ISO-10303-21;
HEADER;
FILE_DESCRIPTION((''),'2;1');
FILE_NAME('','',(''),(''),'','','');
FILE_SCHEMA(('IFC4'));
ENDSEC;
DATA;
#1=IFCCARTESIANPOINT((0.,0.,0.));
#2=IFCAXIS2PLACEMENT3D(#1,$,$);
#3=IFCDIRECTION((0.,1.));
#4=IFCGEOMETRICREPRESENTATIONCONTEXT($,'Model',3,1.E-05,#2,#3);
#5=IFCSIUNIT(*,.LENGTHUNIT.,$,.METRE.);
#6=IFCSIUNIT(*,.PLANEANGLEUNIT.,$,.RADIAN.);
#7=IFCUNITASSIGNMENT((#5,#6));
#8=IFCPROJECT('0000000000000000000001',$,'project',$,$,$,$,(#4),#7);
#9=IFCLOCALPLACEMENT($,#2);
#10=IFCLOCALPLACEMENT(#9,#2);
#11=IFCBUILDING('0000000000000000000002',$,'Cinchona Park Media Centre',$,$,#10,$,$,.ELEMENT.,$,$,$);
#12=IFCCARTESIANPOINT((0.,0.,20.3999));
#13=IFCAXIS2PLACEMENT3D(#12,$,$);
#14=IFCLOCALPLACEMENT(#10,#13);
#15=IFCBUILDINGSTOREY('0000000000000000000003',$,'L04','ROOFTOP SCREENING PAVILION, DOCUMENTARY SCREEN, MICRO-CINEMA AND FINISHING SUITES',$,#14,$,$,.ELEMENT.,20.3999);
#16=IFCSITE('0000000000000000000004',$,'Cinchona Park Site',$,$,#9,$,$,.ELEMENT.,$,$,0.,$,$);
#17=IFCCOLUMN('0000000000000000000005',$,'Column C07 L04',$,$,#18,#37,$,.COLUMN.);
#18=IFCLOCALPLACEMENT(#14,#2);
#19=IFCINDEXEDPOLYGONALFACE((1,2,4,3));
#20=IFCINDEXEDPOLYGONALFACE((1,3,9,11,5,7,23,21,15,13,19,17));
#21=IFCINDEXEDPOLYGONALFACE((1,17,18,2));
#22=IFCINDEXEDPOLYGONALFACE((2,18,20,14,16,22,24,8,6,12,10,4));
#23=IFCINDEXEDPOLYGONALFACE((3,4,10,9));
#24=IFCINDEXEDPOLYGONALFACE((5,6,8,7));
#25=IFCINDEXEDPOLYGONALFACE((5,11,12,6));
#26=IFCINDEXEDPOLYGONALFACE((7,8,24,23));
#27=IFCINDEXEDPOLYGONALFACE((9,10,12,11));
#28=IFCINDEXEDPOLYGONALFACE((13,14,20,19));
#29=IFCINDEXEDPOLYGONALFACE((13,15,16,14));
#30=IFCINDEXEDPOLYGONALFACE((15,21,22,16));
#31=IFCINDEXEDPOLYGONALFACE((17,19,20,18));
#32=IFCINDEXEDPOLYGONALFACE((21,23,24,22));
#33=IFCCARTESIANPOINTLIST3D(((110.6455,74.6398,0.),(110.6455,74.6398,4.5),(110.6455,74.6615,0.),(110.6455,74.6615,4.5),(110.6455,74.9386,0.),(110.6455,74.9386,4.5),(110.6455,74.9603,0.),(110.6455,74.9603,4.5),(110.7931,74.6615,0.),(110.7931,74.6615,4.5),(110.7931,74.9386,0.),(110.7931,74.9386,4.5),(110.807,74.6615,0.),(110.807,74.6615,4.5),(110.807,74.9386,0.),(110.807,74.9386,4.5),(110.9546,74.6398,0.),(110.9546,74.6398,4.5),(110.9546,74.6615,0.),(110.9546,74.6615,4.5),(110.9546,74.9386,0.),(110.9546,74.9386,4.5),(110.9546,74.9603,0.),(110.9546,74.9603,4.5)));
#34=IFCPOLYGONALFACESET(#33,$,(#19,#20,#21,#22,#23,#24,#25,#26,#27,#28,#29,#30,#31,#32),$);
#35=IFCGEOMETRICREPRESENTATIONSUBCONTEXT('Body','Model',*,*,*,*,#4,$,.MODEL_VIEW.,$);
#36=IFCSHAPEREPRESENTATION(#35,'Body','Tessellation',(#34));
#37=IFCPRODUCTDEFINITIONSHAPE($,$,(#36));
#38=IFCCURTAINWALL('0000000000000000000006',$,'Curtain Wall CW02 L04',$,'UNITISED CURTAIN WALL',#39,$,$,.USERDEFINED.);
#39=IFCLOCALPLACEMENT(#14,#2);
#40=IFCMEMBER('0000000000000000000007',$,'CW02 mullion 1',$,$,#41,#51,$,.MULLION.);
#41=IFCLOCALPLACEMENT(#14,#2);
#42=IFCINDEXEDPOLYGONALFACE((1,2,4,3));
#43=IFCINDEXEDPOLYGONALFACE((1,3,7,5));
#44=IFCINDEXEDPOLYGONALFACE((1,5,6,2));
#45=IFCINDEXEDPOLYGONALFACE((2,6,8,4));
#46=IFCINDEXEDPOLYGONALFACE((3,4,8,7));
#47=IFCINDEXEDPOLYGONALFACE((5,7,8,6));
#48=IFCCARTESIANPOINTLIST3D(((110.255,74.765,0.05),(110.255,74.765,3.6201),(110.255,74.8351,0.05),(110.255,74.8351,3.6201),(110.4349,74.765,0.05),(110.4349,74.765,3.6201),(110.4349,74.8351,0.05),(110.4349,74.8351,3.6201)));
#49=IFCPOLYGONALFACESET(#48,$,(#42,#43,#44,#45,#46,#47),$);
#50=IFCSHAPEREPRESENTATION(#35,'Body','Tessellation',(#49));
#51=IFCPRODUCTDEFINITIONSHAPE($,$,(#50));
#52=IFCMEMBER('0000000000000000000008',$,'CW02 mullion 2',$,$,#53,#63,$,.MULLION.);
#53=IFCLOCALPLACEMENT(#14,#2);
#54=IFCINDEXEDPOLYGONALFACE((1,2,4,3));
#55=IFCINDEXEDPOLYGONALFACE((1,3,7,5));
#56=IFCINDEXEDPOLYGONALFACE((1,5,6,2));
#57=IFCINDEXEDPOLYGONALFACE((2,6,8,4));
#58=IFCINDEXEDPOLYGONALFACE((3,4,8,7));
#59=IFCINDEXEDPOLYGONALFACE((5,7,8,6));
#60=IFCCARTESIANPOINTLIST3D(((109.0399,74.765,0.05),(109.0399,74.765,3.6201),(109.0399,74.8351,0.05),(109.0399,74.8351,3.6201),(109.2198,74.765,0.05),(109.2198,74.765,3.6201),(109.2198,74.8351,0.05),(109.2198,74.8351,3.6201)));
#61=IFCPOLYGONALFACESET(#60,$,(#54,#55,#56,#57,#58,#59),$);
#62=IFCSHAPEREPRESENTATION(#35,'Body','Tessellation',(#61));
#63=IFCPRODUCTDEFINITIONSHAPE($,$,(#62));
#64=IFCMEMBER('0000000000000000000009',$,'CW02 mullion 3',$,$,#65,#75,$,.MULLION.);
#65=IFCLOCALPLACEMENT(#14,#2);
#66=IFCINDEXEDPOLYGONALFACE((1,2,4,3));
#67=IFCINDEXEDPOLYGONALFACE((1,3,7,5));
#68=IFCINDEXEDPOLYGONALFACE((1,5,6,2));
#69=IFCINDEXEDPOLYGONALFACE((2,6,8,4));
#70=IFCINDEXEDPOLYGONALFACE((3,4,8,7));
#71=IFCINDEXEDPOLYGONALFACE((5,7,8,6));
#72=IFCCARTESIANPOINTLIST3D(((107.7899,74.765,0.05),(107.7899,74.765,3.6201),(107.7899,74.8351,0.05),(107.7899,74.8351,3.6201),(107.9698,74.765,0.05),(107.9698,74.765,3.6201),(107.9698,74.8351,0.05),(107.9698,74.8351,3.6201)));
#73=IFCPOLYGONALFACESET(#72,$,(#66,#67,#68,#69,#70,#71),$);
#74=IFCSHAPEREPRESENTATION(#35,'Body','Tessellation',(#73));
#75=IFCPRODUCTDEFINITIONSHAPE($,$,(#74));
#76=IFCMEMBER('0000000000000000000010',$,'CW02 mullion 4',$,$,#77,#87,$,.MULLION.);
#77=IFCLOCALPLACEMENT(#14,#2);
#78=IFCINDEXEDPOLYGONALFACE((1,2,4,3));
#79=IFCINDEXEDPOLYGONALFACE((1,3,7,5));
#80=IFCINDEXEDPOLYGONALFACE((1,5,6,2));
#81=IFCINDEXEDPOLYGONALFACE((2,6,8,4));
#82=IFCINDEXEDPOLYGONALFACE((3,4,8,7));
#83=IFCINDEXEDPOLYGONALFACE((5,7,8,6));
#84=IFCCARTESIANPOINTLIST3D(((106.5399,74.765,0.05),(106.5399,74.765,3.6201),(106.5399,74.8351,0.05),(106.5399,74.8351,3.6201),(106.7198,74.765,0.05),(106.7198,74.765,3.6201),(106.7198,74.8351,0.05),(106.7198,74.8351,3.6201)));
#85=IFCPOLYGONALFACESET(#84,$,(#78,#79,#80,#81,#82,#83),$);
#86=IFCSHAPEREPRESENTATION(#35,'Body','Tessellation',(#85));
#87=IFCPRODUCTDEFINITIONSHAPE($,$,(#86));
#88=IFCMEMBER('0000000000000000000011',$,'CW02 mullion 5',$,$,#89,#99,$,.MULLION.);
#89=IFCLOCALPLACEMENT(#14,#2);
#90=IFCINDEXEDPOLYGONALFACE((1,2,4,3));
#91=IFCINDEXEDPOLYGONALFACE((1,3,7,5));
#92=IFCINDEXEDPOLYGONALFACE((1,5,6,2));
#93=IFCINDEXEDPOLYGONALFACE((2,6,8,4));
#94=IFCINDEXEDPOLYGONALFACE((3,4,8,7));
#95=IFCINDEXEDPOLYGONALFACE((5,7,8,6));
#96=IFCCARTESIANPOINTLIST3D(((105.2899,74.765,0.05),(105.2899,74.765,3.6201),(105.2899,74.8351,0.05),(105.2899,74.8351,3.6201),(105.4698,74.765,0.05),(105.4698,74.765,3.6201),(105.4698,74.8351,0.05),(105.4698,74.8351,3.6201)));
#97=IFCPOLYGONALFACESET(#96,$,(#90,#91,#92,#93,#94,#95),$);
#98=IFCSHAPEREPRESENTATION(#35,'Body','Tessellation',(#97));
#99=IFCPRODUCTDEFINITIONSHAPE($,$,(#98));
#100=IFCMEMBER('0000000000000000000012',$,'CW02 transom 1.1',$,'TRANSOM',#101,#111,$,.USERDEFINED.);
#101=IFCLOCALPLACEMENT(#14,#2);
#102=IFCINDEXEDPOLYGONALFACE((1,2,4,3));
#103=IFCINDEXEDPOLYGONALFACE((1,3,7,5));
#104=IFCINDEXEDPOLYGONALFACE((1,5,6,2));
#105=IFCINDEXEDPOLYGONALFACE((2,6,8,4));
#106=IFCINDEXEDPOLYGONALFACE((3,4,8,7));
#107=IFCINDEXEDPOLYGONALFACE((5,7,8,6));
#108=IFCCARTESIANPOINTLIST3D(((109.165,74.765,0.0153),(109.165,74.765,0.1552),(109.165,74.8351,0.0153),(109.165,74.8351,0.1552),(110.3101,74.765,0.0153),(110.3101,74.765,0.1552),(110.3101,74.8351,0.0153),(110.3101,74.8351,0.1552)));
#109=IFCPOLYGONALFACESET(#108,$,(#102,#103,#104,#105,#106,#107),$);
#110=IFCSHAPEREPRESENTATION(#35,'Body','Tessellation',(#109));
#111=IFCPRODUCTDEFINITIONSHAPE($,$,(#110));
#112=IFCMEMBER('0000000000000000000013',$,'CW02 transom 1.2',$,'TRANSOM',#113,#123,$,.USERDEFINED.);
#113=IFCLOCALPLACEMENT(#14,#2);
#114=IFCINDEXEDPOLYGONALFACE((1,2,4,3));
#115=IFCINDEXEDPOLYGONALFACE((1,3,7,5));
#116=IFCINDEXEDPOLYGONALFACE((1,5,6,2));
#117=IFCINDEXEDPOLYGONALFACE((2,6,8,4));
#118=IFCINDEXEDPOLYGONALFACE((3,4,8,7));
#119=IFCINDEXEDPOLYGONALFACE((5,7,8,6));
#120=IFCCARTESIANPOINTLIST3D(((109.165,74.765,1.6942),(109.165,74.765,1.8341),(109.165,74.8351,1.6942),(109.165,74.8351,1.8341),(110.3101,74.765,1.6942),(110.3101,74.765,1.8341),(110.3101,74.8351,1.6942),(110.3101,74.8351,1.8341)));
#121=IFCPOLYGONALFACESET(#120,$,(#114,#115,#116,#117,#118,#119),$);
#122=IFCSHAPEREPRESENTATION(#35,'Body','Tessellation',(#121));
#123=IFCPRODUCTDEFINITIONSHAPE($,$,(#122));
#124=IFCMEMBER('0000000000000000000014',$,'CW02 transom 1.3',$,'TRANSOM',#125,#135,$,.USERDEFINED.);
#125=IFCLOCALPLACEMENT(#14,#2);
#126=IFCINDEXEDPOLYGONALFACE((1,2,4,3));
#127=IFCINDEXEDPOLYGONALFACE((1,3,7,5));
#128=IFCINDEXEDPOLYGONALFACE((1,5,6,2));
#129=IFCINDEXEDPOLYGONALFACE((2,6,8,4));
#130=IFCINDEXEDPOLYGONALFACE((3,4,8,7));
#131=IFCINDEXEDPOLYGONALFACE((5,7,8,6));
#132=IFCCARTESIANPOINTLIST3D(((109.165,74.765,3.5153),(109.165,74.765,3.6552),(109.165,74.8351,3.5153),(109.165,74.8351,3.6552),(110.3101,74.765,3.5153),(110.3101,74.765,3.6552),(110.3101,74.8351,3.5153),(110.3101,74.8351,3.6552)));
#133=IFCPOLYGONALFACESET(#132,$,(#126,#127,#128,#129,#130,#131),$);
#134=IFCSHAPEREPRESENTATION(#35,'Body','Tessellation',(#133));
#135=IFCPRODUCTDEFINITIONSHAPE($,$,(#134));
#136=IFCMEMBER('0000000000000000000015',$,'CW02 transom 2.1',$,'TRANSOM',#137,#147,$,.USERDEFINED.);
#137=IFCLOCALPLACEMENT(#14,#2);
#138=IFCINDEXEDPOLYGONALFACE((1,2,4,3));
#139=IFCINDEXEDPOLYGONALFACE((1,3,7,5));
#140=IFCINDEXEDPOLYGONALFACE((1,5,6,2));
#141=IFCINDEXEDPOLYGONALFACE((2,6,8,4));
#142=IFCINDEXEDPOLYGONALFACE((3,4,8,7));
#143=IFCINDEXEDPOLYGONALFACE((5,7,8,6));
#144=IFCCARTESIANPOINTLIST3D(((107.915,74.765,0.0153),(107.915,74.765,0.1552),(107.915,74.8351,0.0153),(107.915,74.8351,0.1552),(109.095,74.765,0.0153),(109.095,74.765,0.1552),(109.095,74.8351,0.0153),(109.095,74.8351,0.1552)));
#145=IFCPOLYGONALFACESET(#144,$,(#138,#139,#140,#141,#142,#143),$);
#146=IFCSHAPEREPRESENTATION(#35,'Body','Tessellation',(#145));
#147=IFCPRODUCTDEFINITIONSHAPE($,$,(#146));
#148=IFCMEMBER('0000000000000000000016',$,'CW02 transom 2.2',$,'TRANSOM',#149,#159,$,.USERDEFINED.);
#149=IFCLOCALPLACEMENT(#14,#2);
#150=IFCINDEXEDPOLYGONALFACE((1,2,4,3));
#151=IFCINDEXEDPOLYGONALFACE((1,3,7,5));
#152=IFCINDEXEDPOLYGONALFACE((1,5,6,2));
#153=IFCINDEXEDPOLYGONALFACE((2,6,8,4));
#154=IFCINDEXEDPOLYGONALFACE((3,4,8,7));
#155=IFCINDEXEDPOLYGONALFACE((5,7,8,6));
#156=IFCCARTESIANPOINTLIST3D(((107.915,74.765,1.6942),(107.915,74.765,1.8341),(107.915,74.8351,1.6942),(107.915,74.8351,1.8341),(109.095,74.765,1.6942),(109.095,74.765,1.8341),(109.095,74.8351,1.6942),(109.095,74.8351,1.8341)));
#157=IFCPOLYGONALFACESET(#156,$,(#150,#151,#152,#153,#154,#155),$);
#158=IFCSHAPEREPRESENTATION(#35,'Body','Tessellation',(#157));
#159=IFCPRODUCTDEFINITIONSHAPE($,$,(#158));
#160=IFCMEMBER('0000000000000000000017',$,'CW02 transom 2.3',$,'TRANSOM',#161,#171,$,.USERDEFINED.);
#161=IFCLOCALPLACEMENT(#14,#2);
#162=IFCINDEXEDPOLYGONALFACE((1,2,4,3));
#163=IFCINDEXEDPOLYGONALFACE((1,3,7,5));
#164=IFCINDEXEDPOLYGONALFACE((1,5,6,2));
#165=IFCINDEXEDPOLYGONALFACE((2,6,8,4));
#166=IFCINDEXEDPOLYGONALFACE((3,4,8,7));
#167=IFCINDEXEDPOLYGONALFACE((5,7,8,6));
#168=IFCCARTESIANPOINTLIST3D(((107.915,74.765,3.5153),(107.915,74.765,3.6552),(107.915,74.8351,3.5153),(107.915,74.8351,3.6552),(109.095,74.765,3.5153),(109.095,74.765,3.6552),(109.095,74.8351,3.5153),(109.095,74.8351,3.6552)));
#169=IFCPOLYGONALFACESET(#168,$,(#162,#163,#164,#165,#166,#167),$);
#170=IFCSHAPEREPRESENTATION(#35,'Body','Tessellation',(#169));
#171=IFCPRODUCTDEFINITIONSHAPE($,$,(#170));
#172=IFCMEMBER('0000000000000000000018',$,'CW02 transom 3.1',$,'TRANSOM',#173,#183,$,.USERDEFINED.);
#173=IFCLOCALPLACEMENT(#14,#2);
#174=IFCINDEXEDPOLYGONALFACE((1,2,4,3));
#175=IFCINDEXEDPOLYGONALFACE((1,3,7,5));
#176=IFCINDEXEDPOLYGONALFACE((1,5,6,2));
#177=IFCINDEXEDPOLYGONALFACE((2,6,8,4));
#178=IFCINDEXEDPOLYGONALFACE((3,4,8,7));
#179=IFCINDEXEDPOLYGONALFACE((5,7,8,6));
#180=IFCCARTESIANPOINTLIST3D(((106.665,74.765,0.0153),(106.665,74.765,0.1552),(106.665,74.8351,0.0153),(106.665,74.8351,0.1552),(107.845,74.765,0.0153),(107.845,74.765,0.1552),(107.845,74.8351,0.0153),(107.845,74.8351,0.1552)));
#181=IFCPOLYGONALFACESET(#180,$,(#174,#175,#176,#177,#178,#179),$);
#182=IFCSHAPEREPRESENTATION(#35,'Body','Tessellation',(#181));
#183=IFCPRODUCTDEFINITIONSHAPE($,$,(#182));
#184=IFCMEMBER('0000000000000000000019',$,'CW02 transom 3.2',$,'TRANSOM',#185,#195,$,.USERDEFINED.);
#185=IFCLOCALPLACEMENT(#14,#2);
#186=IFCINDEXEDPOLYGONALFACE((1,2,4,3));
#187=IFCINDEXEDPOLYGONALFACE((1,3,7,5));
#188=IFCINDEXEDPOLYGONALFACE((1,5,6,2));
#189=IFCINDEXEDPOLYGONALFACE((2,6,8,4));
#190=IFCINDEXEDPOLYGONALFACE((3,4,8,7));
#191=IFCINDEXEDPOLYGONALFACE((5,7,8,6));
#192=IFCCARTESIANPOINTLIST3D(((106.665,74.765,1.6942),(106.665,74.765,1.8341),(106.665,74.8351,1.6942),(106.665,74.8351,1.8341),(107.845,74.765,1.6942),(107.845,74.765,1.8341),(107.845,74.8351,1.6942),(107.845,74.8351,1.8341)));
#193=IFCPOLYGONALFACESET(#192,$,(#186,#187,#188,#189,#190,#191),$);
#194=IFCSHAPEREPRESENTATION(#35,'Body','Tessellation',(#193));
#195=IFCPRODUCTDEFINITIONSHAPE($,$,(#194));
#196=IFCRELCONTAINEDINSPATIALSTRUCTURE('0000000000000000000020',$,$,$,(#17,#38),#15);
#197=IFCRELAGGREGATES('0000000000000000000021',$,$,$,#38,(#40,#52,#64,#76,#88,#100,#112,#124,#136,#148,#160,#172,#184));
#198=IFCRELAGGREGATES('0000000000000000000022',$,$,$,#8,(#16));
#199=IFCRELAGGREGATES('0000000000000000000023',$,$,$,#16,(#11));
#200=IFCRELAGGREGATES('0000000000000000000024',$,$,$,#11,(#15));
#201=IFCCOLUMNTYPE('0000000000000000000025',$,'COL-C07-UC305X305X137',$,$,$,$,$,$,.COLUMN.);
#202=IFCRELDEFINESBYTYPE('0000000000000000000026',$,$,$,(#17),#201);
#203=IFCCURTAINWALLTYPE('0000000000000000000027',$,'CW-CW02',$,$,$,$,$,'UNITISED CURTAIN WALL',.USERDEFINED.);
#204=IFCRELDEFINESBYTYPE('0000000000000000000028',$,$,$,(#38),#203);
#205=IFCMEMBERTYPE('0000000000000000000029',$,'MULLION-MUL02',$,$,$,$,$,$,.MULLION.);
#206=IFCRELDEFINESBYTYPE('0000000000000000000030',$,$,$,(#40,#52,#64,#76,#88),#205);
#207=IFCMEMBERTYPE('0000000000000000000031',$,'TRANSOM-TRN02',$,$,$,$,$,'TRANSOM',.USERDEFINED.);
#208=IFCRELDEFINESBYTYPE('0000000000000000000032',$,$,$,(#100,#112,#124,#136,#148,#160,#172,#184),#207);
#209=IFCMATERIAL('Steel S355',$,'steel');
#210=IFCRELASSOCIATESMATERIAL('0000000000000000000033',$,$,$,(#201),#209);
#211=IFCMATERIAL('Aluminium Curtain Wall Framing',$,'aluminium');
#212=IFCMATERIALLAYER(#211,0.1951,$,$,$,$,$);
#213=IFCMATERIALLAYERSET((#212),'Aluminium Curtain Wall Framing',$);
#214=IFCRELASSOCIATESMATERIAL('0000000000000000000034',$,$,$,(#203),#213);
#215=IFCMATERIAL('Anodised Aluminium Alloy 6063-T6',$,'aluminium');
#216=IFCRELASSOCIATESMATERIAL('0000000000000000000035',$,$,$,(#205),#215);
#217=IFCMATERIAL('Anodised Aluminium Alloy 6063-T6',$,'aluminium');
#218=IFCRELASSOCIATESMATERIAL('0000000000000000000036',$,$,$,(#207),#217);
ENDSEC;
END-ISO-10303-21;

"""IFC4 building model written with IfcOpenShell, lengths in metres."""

from ifc_helpers import new_model, si_unit, direction, frame, origin, origin_2d, place, context, subcontext, project, spatial, rectangle, i_section, extrude, material, layer, layer_set, material_profile, profile_set, type_object, element, aggregate, save


model = new_model("IFC4")

# Units and contexts
model_context = context("Model", 3, precision=1e-05, world=origin(), true_north=direction((0.0, 1.0)))
body_context = subcontext(model_context, "Body", "Model", "MODEL_VIEW")
ifc_project = project(units=[si_unit("LENGTHUNIT", "METRE"), si_unit("PLANEANGLEUNIT", "RADIAN")], contexts=[model_context])

# Site, building, storey
site_placement = place(None, origin())
site = spatial("IfcSite", under=ifc_project, at=site_placement, Name="Cinchona Park Site", CompositionType="ELEMENT", RefElevation=0.0)
building_placement = place(site_placement, origin())
building = spatial("IfcBuilding", under=site, at=building_placement, Name="Cinchona Park Media Centre", CompositionType="ELEMENT")
storey_placement = place(building_placement, frame((0.0, 0.0, 20.3999)))
storey = spatial("IfcBuildingStorey", under=building, at=storey_placement, Name="L04", Description="ROOFTOP SCREENING PAVILION, DOCUMENTARY SCREEN, MICRO-CINEMA AND FINISHING SUITES", CompositionType="ELEMENT", Elevation=20.3999)

# Column
ifc_material_1 = material(Name="Steel S355", Category="steel")
ifc_material_profile_1 = material_profile(ifc_material_1, i_section(OverallWidth=0.3091, OverallDepth=0.3206, WebThickness=0.0139, FlangeThickness=0.0217, at=origin_2d()), Name="UC305X305X137")
ifc_profile_set_1 = profile_set([ifc_material_profile_1], Name="Steel S355")
column_type = type_object("IfcColumnType", Name="COL-C07-UC305X305X137", PredefinedType="COLUMN", material=ifc_profile_set_1)
column_placement = place(storey_placement, frame((110.8, 74.8, 0.0), z_axis=(0.0, 0.0, 1.0), x_axis=(1.0, 0.0, 0.0)))
element("IfcColumn", 1, at=column_placement, inside=storey, type_object=column_type, Name="Column C07 L04", PredefinedType="COLUMN", context=body_context, shape_type="SweptSolid", body=[
    extrude(i_section(OverallWidth=0.3091, OverallDepth=0.3206, WebThickness=0.0139, FlangeThickness=0.0217, at=origin_2d()), origin(), (0.0, 0.0, 1.0), 4.5),
])

# Curtain wall, members
ifc_material_2 = material(Name="Aluminium Curtain Wall Framing", Category="aluminium")
ifc_layer_1 = layer(ifc_material_2, 0.1951)
ifc_layer_set_1 = layer_set([ifc_layer_1], Name="Aluminium Curtain Wall Framing")
curtain_wall_type = type_object("IfcCurtainWallType", Name="CW-CW02", ElementType="UNITISED CURTAIN WALL", PredefinedType="USERDEFINED", material=ifc_layer_set_1)
curtain_wall_placement = place(storey_placement, origin())
curtain_wall = element("IfcCurtainWall", 2, at=curtain_wall_placement, inside=storey, type_object=curtain_wall_type, Name="Curtain Wall CW02 L04", ObjectType="UNITISED CURTAIN WALL", PredefinedType="USERDEFINED")
ifc_material_3 = material(Name="Anodised Aluminium Alloy 6063-T6", Category="aluminium")
ifc_material_profile_2 = material_profile(ifc_material_3, rectangle(XDim=0.0701, YDim=0.1799, at=origin_2d()), Name="MUL-70X180")
ifc_profile_set_2 = profile_set([ifc_material_profile_2], Name="Anodised Aluminium Alloy 6063-T6")
member_type_1 = type_object("IfcMemberType", Name="MULLION-MUL02", PredefinedType="MULLION", material=ifc_profile_set_2)
member_1_placement = place(storey_placement, frame((110.345, 74.8, 0.05), z_axis=(0.0, 0.0, 1.0), x_axis=(0.0, -1.0, 0.0)))
member_1 = element("IfcMember", 3, at=member_1_placement, type_object=member_type_1, Name="CW02 mullion 1", PredefinedType="MULLION", context=body_context, shape_type="SweptSolid", body=[
    extrude(rectangle(XDim=0.0701, YDim=0.1799, at=origin_2d()), origin(), (0.0, 0.0, 1.0), 3.5701),
])
member_2_placement = place(storey_placement, frame((109.1299, 74.8, 0.05), z_axis=(0.0, 0.0, 1.0), x_axis=(0.0, -1.0, 0.0)))
member_2 = element("IfcMember", 4, at=member_2_placement, type_object=member_type_1, Name="CW02 mullion 2", PredefinedType="MULLION", context=body_context, shape_type="SweptSolid", body=[
    extrude(rectangle(XDim=0.0701, YDim=0.1799, at=origin_2d()), origin(), (0.0, 0.0, 1.0), 3.5701),
])
member_3_placement = place(storey_placement, frame((107.8799, 74.8, 0.05), z_axis=(0.0, 0.0, 1.0), x_axis=(0.0, -1.0, 0.0)))
member_3 = element("IfcMember", 5, at=member_3_placement, type_object=member_type_1, Name="CW02 mullion 3", PredefinedType="MULLION", context=body_context, shape_type="SweptSolid", body=[
    extrude(rectangle(XDim=0.0701, YDim=0.1799, at=origin_2d()), origin(), (0.0, 0.0, 1.0), 3.5701),
])
member_4_placement = place(storey_placement, frame((106.6299, 74.8, 0.05), z_axis=(0.0, 0.0, 1.0), x_axis=(0.0, -1.0, 0.0)))
member_4 = element("IfcMember", 6, at=member_4_placement, type_object=member_type_1, Name="CW02 mullion 4", PredefinedType="MULLION", context=body_context, shape_type="SweptSolid", body=[
    extrude(rectangle(XDim=0.0701, YDim=0.1799, at=origin_2d()), origin(), (0.0, 0.0, 1.0), 3.5701),
])
member_5_placement = place(storey_placement, frame((105.3799, 74.8, 0.05), z_axis=(0.0, 0.0, 1.0), x_axis=(0.0, -1.0, 0.0)))
member_5 = element("IfcMember", 7, at=member_5_placement, type_object=member_type_1, Name="CW02 mullion 5", PredefinedType="MULLION", context=body_context, shape_type="SweptSolid", body=[
    extrude(rectangle(XDim=0.0701, YDim=0.1799, at=origin_2d()), origin(), (0.0, 0.0, 1.0), 3.5701),
])
ifc_material_4 = material(Name="Anodised Aluminium Alloy 6063-T6", Category="aluminium")
ifc_material_profile_3 = material_profile(ifc_material_4, rectangle(XDim=0.0701, YDim=0.1399, at=origin_2d()), Name="TRN-70X140")
ifc_profile_set_3 = profile_set([ifc_material_profile_3], Name="Anodised Aluminium Alloy 6063-T6")
member_type_2 = type_object("IfcMemberType", Name="TRANSOM-TRN02", ElementType="TRANSOM", PredefinedType="USERDEFINED", material=ifc_profile_set_3)
member_6_placement = place(storey_placement, frame((110.3101, 74.8, 0.0852), z_axis=(-1.0, 0.0, 0.0), x_axis=(0.0, -1.0, 0.0)))
member_6 = element("IfcMember", 8, at=member_6_placement, type_object=member_type_2, Name="CW02 transom 1.1", ObjectType="TRANSOM", PredefinedType="USERDEFINED", context=body_context, shape_type="SweptSolid", body=[
    extrude(rectangle(XDim=0.0701, YDim=0.1399, at=origin_2d()), origin(), (0.0, 0.0, 1.0), 1.145),
])
member_7_placement = place(storey_placement, frame((110.3101, 74.8, 1.7642), z_axis=(-1.0, 0.0, 0.0), x_axis=(0.0, -1.0, 0.0)))
member_7 = element("IfcMember", 9, at=member_7_placement, type_object=member_type_2, Name="CW02 transom 1.2", ObjectType="TRANSOM", PredefinedType="USERDEFINED", context=body_context, shape_type="SweptSolid", body=[
    extrude(rectangle(XDim=0.0701, YDim=0.1399, at=origin_2d()), origin(), (0.0, 0.0, 1.0), 1.145),
])
member_8_placement = place(storey_placement, frame((110.3101, 74.8, 3.5852), z_axis=(-1.0, 0.0, 0.0), x_axis=(0.0, -1.0, 0.0)))
member_8 = element("IfcMember", 10, at=member_8_placement, type_object=member_type_2, Name="CW02 transom 1.3", ObjectType="TRANSOM", PredefinedType="USERDEFINED", context=body_context, shape_type="SweptSolid", body=[
    extrude(rectangle(XDim=0.0701, YDim=0.1399, at=origin_2d()), origin(), (0.0, 0.0, 1.0), 1.145),
])
member_9_placement = place(storey_placement, frame((109.095, 74.8, 0.0852), z_axis=(-1.0, 0.0, 0.0), x_axis=(0.0, -1.0, 0.0)))
member_9 = element("IfcMember", 11, at=member_9_placement, type_object=member_type_2, Name="CW02 transom 2.1", ObjectType="TRANSOM", PredefinedType="USERDEFINED", context=body_context, shape_type="SweptSolid", body=[
    extrude(rectangle(XDim=0.0701, YDim=0.1399, at=origin_2d()), origin(), (0.0, 0.0, 1.0), 1.1799),
])
member_10_placement = place(storey_placement, frame((109.095, 74.8, 1.7642), z_axis=(-1.0, 0.0, 0.0), x_axis=(0.0, -1.0, 0.0)))
member_10 = element("IfcMember", 12, at=member_10_placement, type_object=member_type_2, Name="CW02 transom 2.2", ObjectType="TRANSOM", PredefinedType="USERDEFINED", context=body_context, shape_type="SweptSolid", body=[
    extrude(rectangle(XDim=0.0701, YDim=0.1399, at=origin_2d()), origin(), (0.0, 0.0, 1.0), 1.1799),
])
member_11_placement = place(storey_placement, frame((109.095, 74.8, 3.5852), z_axis=(-1.0, 0.0, 0.0), x_axis=(0.0, -1.0, 0.0)))
member_11 = element("IfcMember", 13, at=member_11_placement, type_object=member_type_2, Name="CW02 transom 2.3", ObjectType="TRANSOM", PredefinedType="USERDEFINED", context=body_context, shape_type="SweptSolid", body=[
    extrude(rectangle(XDim=0.0701, YDim=0.1399, at=origin_2d()), origin(), (0.0, 0.0, 1.0), 1.1799),
])
member_12_placement = place(storey_placement, frame((107.845, 74.8, 0.0852), z_axis=(-1.0, 0.0, 0.0), x_axis=(0.0, -1.0, 0.0)))
member_12 = element("IfcMember", 14, at=member_12_placement, type_object=member_type_2, Name="CW02 transom 3.1", ObjectType="TRANSOM", PredefinedType="USERDEFINED", context=body_context, shape_type="SweptSolid", body=[
    extrude(rectangle(XDim=0.0701, YDim=0.1399, at=origin_2d()), origin(), (0.0, 0.0, 1.0), 1.1799),
])
member_13_placement = place(storey_placement, frame((107.845, 74.8, 1.7642), z_axis=(-1.0, 0.0, 0.0), x_axis=(0.0, -1.0, 0.0)))
member_13 = element("IfcMember", 15, at=member_13_placement, type_object=member_type_2, Name="CW02 transom 3.2", ObjectType="TRANSOM", PredefinedType="USERDEFINED", context=body_context, shape_type="SweptSolid", body=[
    extrude(rectangle(XDim=0.0701, YDim=0.1399, at=origin_2d()), origin(), (0.0, 0.0, 1.0), 1.1799),
])
aggregate(curtain_wall, [member_1, member_2, member_3, member_4, member_5, member_6, member_7, member_8, member_9, member_10, member_11, member_12, member_13])

save(model, "model.ifc")
